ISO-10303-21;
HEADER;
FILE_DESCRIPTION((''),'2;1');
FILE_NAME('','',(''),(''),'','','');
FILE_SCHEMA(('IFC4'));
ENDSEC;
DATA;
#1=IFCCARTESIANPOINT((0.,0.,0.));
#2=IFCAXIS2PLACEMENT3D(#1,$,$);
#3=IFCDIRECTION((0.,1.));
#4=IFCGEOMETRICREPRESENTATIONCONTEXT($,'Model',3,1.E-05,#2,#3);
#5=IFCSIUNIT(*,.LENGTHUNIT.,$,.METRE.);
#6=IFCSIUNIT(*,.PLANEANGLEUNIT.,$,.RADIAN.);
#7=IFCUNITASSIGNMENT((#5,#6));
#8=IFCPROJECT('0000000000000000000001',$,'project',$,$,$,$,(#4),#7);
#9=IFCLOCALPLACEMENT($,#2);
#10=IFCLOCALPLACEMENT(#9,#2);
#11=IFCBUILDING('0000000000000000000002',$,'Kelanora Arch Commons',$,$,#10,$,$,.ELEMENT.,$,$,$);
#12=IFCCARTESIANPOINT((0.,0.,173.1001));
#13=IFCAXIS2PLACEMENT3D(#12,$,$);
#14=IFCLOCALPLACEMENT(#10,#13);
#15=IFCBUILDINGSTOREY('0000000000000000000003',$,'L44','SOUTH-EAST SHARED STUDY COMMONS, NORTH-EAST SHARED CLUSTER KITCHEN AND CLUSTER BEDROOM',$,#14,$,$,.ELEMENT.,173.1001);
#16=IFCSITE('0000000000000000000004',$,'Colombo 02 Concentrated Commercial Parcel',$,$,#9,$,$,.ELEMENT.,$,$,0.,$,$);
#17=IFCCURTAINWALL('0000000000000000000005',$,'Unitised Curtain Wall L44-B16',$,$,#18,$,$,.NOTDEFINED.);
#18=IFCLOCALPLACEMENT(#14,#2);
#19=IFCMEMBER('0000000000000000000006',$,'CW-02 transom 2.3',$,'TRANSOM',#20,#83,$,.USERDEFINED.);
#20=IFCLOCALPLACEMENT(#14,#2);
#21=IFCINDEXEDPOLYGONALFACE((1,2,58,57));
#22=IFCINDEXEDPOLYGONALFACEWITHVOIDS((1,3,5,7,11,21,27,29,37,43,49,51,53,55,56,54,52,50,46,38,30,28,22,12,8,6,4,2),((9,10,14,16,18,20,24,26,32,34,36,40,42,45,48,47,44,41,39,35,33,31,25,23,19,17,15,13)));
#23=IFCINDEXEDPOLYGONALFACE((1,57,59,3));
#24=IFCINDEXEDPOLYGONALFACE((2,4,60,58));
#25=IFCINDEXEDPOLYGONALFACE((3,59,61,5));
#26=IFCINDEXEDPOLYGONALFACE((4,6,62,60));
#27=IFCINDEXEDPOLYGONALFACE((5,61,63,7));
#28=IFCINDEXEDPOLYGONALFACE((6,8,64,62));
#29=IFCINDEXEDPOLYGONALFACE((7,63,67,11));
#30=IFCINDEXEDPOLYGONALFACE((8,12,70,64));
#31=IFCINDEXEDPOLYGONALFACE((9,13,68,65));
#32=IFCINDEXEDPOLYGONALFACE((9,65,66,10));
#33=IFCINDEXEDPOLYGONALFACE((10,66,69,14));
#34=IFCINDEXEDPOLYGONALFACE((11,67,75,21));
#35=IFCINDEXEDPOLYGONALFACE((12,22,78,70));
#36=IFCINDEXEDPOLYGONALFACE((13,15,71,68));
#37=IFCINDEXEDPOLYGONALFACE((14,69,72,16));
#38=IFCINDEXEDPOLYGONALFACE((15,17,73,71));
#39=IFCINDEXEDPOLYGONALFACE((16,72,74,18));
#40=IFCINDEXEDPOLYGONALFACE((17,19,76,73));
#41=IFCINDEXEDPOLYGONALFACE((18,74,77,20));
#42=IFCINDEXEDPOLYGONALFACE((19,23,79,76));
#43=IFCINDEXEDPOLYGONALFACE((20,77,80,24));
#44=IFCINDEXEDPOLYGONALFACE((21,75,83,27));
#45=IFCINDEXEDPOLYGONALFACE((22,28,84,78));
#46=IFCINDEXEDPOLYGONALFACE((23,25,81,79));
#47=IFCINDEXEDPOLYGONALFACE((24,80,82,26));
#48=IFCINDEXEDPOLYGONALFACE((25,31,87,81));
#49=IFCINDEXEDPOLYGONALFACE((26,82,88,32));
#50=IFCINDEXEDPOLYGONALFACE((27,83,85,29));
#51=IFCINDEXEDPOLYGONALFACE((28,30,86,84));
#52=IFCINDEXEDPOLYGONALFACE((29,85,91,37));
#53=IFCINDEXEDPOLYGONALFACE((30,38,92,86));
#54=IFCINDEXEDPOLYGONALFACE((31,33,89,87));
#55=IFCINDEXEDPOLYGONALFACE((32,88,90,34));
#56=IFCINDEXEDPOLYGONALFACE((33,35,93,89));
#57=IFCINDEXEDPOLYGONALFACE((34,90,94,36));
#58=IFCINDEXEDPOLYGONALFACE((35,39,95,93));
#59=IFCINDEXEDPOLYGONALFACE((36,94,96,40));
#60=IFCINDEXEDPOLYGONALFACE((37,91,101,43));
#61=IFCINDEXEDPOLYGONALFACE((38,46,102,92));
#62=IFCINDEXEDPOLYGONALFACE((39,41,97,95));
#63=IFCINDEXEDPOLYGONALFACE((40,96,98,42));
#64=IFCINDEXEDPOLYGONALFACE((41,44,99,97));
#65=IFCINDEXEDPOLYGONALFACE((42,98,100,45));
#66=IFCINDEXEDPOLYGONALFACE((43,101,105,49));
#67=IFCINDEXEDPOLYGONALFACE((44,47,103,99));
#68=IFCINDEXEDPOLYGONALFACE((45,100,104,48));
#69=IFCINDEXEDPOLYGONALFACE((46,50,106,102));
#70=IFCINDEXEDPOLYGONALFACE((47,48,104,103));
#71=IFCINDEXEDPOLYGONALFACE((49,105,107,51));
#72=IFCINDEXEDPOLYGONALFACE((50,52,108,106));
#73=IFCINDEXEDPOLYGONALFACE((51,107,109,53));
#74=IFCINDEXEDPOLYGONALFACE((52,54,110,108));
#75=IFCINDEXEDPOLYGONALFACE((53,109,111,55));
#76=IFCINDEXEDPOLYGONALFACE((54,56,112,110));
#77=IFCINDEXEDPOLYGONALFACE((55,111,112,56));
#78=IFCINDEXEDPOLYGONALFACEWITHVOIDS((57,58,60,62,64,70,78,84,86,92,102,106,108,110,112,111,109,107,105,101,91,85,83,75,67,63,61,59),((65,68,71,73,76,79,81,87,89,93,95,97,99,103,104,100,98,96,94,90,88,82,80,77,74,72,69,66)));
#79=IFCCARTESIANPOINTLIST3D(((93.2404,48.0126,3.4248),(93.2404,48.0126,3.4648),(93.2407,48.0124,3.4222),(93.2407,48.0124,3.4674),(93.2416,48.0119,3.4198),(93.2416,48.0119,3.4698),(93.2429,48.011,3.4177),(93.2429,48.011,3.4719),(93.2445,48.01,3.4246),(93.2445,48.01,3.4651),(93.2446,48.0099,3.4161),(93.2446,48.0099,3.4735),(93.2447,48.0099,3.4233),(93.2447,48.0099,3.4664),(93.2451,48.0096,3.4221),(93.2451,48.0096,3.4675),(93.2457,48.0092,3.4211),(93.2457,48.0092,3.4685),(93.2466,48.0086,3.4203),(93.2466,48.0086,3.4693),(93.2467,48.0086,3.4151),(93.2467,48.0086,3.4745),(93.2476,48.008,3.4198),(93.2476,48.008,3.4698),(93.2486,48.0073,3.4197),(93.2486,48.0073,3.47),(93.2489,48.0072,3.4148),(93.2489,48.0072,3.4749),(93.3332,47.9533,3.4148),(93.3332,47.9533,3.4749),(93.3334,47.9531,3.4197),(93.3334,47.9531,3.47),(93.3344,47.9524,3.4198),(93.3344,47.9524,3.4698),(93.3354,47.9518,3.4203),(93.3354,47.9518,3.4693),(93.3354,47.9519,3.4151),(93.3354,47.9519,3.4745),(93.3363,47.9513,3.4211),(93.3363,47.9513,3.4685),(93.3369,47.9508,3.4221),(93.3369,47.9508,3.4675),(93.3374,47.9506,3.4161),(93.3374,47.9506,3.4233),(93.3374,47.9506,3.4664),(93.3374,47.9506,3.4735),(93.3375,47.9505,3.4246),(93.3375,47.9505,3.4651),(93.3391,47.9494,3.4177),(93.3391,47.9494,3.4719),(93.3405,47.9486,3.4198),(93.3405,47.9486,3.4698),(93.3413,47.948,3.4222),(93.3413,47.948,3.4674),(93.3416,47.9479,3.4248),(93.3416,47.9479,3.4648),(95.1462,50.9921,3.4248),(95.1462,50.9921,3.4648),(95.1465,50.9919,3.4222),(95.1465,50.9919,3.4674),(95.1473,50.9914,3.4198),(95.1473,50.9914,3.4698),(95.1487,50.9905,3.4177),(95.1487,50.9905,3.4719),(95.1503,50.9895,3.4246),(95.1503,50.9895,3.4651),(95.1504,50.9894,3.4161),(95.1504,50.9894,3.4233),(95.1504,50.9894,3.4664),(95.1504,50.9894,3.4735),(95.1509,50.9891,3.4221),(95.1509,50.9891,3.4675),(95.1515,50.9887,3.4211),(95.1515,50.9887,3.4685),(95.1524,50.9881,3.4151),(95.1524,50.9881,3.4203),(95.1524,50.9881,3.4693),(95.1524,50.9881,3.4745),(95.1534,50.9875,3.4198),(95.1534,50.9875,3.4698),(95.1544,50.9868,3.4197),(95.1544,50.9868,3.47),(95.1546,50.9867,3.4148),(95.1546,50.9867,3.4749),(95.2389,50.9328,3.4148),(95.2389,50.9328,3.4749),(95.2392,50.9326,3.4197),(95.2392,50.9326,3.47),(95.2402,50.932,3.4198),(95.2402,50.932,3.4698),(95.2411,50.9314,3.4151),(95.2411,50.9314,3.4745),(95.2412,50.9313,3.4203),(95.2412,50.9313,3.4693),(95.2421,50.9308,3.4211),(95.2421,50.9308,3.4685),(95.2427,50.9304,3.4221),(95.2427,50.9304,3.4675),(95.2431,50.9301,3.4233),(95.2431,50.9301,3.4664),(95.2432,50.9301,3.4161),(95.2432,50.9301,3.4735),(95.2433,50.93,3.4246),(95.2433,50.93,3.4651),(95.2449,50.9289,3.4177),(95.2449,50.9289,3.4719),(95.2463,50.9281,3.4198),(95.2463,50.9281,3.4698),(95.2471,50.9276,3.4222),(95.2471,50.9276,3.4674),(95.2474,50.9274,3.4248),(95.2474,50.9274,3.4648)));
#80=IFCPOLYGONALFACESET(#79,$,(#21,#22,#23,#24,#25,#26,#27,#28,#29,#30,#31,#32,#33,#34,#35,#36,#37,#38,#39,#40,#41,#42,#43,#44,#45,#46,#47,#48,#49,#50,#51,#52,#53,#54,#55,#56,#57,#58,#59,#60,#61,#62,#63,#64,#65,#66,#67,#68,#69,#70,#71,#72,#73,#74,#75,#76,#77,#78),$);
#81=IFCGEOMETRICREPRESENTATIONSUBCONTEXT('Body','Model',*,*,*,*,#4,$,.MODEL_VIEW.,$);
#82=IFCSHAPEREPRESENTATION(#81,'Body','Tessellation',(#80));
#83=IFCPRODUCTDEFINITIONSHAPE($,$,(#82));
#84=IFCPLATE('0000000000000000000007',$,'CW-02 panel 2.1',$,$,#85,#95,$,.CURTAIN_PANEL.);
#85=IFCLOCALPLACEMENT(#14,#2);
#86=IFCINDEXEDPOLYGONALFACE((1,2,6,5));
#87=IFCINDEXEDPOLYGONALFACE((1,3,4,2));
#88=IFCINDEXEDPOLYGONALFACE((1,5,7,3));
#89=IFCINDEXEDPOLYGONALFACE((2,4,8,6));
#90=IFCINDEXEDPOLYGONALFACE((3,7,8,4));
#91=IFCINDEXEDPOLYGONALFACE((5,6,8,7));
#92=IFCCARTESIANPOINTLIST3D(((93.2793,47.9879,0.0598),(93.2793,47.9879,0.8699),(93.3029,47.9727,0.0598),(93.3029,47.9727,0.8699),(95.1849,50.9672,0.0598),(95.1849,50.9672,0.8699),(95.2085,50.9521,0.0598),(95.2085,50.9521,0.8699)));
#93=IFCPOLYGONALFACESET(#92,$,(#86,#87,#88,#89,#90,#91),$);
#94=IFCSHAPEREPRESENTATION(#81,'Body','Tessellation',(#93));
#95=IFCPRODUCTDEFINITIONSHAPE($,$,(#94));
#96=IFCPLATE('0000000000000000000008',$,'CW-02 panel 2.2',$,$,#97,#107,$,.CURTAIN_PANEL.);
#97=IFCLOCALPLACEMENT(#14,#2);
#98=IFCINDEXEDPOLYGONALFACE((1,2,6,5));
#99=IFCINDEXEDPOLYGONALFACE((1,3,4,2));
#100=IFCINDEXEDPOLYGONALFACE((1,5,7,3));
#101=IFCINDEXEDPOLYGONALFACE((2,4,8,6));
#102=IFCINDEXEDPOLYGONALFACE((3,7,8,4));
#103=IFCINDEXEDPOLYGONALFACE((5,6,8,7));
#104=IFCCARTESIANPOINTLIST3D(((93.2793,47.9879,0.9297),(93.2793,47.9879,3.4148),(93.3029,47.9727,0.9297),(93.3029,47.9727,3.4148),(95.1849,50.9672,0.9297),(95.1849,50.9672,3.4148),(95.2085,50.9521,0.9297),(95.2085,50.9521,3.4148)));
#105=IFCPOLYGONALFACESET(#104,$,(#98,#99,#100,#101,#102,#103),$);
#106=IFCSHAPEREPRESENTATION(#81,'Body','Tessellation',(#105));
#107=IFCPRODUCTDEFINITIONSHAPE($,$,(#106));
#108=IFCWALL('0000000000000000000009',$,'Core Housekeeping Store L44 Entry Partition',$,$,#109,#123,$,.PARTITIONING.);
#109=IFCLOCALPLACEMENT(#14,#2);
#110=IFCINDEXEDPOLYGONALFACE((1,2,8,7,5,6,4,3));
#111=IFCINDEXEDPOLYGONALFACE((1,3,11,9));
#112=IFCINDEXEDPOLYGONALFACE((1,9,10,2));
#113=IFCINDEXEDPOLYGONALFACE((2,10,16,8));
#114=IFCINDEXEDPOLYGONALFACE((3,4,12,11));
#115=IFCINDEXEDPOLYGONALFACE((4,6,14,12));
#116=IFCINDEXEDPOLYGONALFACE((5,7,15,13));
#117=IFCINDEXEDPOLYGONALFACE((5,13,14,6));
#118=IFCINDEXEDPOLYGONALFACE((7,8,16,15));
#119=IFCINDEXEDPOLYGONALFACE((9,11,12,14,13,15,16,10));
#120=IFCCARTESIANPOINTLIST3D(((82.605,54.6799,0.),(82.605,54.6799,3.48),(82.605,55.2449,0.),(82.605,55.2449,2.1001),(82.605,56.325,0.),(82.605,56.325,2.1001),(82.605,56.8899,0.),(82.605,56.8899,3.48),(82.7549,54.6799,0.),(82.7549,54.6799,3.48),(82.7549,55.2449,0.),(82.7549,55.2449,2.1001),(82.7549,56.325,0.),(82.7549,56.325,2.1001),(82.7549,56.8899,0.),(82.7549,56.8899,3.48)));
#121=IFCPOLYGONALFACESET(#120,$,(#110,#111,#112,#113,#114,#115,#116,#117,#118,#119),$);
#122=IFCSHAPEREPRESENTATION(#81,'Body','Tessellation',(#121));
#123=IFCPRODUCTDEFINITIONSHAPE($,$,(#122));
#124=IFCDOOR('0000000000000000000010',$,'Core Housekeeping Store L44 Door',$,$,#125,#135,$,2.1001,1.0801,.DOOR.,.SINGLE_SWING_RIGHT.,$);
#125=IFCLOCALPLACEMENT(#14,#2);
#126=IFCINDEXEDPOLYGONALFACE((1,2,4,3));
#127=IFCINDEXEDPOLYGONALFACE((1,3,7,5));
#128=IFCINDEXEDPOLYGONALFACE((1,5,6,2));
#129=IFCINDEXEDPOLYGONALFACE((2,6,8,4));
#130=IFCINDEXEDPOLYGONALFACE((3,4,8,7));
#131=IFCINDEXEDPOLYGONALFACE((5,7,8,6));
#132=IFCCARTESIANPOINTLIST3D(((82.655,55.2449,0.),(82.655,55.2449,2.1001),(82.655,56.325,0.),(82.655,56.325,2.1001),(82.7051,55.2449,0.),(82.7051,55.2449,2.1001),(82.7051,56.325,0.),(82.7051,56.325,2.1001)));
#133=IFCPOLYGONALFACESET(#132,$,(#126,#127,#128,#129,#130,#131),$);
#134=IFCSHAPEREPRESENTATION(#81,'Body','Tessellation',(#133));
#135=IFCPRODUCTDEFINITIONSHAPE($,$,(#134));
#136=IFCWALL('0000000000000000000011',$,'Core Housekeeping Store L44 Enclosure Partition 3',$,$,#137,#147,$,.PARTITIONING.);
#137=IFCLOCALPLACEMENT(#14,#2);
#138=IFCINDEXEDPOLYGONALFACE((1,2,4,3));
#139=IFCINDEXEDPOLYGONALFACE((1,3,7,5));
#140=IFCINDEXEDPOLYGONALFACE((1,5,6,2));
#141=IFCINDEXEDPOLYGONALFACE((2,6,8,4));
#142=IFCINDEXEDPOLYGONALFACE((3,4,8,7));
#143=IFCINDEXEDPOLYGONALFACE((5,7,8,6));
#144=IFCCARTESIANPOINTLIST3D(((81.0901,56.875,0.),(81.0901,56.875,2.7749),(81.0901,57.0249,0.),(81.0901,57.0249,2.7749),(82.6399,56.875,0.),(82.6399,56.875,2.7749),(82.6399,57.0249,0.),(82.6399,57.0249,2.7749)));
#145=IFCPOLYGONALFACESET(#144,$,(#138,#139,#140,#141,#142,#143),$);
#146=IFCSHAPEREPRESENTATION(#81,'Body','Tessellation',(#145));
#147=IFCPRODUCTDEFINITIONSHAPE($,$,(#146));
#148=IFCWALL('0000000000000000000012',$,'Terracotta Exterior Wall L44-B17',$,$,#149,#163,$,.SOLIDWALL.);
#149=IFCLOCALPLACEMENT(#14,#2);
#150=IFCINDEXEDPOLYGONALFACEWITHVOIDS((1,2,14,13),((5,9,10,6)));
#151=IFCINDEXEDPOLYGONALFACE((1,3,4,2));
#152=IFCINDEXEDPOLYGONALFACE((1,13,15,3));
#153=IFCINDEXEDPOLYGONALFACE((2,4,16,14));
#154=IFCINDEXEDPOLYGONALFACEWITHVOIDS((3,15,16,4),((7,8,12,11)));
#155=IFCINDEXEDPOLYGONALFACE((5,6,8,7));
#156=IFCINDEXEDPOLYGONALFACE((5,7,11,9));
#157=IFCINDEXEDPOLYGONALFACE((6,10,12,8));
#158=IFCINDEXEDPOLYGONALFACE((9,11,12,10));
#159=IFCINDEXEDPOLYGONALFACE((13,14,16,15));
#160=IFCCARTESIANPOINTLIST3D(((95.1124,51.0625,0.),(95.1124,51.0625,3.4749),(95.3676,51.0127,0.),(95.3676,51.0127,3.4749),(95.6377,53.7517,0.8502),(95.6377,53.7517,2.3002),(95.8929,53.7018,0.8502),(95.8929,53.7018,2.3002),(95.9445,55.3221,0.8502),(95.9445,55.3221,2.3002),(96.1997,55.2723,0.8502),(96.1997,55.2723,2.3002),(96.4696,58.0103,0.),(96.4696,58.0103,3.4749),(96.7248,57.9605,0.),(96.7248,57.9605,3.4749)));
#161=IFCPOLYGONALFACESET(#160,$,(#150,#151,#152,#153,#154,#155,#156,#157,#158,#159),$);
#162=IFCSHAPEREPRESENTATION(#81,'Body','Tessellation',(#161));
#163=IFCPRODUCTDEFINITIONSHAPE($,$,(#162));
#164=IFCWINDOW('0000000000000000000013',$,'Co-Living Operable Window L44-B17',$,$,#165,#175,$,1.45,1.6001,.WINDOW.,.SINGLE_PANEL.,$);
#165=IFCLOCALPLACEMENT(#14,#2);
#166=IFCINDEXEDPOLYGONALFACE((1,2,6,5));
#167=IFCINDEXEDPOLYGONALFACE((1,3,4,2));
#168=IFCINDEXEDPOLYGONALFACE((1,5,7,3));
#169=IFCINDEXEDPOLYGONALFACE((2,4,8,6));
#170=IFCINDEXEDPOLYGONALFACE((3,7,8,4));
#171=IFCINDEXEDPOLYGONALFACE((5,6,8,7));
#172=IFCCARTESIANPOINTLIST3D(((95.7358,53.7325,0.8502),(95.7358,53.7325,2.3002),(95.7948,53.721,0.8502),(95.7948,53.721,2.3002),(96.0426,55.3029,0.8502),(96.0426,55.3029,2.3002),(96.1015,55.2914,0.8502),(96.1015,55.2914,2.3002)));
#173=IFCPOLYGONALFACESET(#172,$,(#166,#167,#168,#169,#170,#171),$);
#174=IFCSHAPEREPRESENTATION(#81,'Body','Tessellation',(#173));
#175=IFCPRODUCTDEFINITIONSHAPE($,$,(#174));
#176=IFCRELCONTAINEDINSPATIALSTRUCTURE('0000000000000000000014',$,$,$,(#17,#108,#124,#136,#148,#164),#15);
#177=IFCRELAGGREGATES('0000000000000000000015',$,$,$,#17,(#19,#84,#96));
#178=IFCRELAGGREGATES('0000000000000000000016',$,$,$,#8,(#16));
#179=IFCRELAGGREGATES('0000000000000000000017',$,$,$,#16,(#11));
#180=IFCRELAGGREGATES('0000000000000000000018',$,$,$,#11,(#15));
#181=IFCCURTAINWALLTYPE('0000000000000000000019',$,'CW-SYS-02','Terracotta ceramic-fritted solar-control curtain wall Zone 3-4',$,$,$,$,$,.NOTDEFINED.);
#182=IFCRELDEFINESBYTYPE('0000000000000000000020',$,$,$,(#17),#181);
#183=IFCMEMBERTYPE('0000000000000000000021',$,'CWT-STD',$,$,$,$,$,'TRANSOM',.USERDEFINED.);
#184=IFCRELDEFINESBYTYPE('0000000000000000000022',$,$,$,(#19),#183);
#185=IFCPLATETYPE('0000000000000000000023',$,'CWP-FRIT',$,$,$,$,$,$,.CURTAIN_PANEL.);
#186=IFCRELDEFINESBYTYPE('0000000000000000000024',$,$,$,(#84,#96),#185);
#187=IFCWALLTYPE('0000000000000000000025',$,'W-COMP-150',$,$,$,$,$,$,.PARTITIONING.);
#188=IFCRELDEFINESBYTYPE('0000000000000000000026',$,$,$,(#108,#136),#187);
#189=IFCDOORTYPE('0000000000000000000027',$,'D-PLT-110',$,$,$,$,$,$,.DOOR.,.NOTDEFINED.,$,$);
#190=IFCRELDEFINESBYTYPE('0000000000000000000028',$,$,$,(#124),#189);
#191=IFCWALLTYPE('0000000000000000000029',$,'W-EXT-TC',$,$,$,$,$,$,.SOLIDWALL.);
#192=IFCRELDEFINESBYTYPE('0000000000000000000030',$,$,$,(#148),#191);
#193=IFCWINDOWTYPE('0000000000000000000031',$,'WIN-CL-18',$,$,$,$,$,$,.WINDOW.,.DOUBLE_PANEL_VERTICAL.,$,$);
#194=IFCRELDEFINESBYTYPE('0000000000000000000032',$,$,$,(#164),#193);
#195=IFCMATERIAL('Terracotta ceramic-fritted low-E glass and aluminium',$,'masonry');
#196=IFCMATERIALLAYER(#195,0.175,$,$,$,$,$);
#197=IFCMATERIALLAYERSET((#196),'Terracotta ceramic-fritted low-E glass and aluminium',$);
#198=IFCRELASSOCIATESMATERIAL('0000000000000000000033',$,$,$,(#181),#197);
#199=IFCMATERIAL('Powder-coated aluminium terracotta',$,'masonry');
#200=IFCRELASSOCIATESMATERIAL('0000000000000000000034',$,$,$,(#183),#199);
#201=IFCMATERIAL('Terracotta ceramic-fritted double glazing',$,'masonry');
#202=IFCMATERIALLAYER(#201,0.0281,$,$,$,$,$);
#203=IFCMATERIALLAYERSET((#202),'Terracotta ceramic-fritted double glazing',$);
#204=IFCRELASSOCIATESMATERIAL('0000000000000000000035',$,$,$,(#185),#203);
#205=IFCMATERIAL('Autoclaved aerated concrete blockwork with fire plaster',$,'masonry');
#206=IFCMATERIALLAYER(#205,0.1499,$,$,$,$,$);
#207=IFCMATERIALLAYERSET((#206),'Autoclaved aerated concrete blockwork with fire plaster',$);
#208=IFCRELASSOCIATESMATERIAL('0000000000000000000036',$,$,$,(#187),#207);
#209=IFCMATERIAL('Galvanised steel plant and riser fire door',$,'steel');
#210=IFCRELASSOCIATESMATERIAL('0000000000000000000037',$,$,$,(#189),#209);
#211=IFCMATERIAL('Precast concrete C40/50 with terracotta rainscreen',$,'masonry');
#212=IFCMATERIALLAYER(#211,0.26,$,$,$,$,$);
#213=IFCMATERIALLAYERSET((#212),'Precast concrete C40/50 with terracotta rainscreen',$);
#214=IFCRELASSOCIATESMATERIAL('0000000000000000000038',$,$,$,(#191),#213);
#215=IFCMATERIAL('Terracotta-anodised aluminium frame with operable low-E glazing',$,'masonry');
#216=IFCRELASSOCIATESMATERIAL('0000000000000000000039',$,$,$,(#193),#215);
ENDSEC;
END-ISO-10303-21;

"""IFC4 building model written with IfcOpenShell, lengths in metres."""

from ifc_helpers import new_model, si_unit, direction, frame, frame_2d, origin, origin_2d, place, context, subcontext, project, spatial, rectangle, hollow_rectangle, extrude, source, transform, mapped, material, layer, layer_set, material_profile, profile_set, type_object, element, fill, aggregate, save


model = new_model("IFC4")

# Units and contexts
model_context = context("Model", 3, precision=1e-05, world=origin(), true_north=direction((0.0, 1.0)))
body_context = subcontext(model_context, "Body", "Model", "MODEL_VIEW")
ifc_project = project(units=[si_unit("LENGTHUNIT", "METRE"), si_unit("PLANEANGLEUNIT", "RADIAN")], contexts=[model_context])

# Site, building, storey
site_placement = place(None, origin())
site = spatial("IfcSite", under=ifc_project, at=site_placement, Name="Colombo 02 Concentrated Commercial Parcel", CompositionType="ELEMENT", RefElevation=0.0)
building_placement = place(site_placement, origin())
building = spatial("IfcBuilding", under=site, at=building_placement, Name="Kelanora Arch Commons", CompositionType="ELEMENT")
storey_placement = place(building_placement, frame((0.0, 0.0, 173.1001)))
storey = spatial("IfcBuildingStorey", under=building, at=storey_placement, Name="L44", Description="SOUTH-EAST SHARED STUDY COMMONS, NORTH-EAST SHARED CLUSTER KITCHEN AND CLUSTER BEDROOM", CompositionType="ELEMENT", Elevation=173.1001)

# Curtain wall, member, plates
ifc_material_1 = material(Name="Terracotta ceramic-fritted low-E glass and aluminium", Category="masonry")
ifc_layer_1 = layer(ifc_material_1, 0.175)
ifc_layer_set_1 = layer_set([ifc_layer_1], Name="Terracotta ceramic-fritted low-E glass and aluminium")
curtain_wall_type = type_object("IfcCurtainWallType", Name="CW-SYS-02", Description="Terracotta ceramic-fritted solar-control curtain wall Zone 3-4", PredefinedType="NOTDEFINED", material=ifc_layer_set_1)
curtain_wall_placement = place(storey_placement, origin())
curtain_wall = element("IfcCurtainWall", 1, at=curtain_wall_placement, inside=storey, type_object=curtain_wall_type, Name="Unitised Curtain Wall L44-B16", PredefinedType="NOTDEFINED")
ifc_material_2 = material(Name="Powder-coated aluminium terracotta", Category="masonry")
ifc_material_profile_1 = material_profile(ifc_material_2, hollow_rectangle(XDim=0.1201, YDim=0.0601, WallThickness=0.0049, InnerFilletRadius=0.0049, OuterFilletRadius=0.01, at=origin_2d()), Name="CWT120x60")
ifc_profile_set_1 = profile_set([ifc_material_profile_1], Name="Powder-coated aluminium terracotta")
member_type_1 = type_object("IfcMemberType", Name="CWT-STD", ElementType="TRANSOM", PredefinedType="USERDEFINED", material=ifc_profile_set_1)
member_1_placement = place(storey_placement, frame((93.291, 47.9802, 3.4448), z_axis=(0.53883, 0.842414, 0.0), x_axis=(-0.842414, 0.53883, 0.0)))
member_1 = element("IfcMember", 2, at=member_1_placement, type_object=member_type_1, Name="CW-02 transom 2.3", ObjectType="TRANSOM", PredefinedType="USERDEFINED", context=body_context, shape_type="SweptSolid", body=[
    extrude(hollow_rectangle(XDim=0.1201, YDim=0.0601, WallThickness=0.0049, InnerFilletRadius=0.0049, OuterFilletRadius=0.01, at=origin_2d()), origin(), (0.0, 0.0, 1.0), 3.5369),
])
ifc_material_3 = material(Name="Terracotta ceramic-fritted double glazing", Category="masonry")
ifc_layer_2 = layer(ifc_material_3, 0.0281)
ifc_layer_set_2 = layer_set([ifc_layer_2], Name="Terracotta ceramic-fritted double glazing")
plate_type = type_object("IfcPlateType", Name="CWP-FRIT", PredefinedType="CURTAIN_PANEL", material=ifc_layer_set_2)
shared_shape_1 = source(origin(), body_context, "Body", "SweptSolid", [
    extrude(rectangle(XDim=3.5366, YDim=0.0281, at=origin_2d()), origin(), (0.0, 0.0, 1.0), 0.8101),
])
plate_1_placement = place(storey_placement, frame((94.2439, 49.47, 0.0598), z_axis=(0.0, 0.0, 1.0), x_axis=(0.538817, 0.842423, 0.0)))
plate_1 = element("IfcPlate", 3, at=plate_1_placement, type_object=plate_type, Name="CW-02 panel 2.1", PredefinedType="CURTAIN_PANEL", context=body_context, shape_type="MappedRepresentation", body=[
    mapped(shared_shape_1, transform((0.0, 0.0, 0.0), scale=1.0)),
])
shared_shape_2 = source(origin(), body_context, "Body", "SweptSolid", [
    extrude(rectangle(XDim=3.5366, YDim=0.0281, at=origin_2d()), origin(), (0.0, 0.0, 1.0), 2.4851),
])
plate_2_placement = place(storey_placement, frame((94.2439, 49.47, 0.9297), z_axis=(0.0, 0.0, 1.0), x_axis=(0.538817, 0.842423, 0.0)))
plate_2 = element("IfcPlate", 4, at=plate_2_placement, type_object=plate_type, Name="CW-02 panel 2.2", PredefinedType="CURTAIN_PANEL", context=body_context, shape_type="MappedRepresentation", body=[
    mapped(shared_shape_2, transform((0.0, 0.0, 0.0), scale=1.0)),
])
aggregate(curtain_wall, [member_1, plate_1, plate_2])

# Wall, opening, door
ifc_material_4 = material(Name="Autoclaved aerated concrete blockwork with fire plaster", Category="masonry")
ifc_layer_3 = layer(ifc_material_4, 0.1499)
ifc_layer_set_3 = layer_set([ifc_layer_3], Name="Autoclaved aerated concrete blockwork with fire plaster")
wall_type_1 = type_object("IfcWallType", Name="W-COMP-150", PredefinedType="PARTITIONING", material=ifc_layer_set_3)
wall_1_placement = place(storey_placement, frame((82.6799, 54.6799, 0.0), z_axis=(0.0, 0.0, 1.0), x_axis=(0.0, 1.0, 0.0)))
wall_1 = element("IfcWall", 5, at=wall_1_placement, inside=storey, type_object=wall_type_1, Name="Core Housekeeping Store L44 Entry Partition", PredefinedType="PARTITIONING", context=body_context, shape_type="SweptSolid", body=[
    extrude(rectangle(XDim=2.21, YDim=0.1499, at=frame_2d((1.105, 0.0))), origin(), (0.0, 0.0, 1.0), 3.48),
])
opening_1_placement = place(wall_1_placement, frame((0.5649, 0.0, 0.0)))
opening_1 = element("IfcOpeningElement", 6, at=opening_1_placement, cuts=wall_1, PredefinedType="OPENING", context=body_context, shape_type="SweptSolid", body=[
    extrude(rectangle(XDim=1.0801, YDim=2.1001, at=frame_2d((0.54, 1.05))), frame((0.0, 0.085, 0.0), z_axis=(0.0, -1.0, 0.0), x_axis=(1.0, 0.0, 0.0)), (0.0, 0.0, 1.0), 0.1699),
])
ifc_material_5 = material(Name="Galvanised steel plant and riser fire door", Category="steel")
door_type = type_object("IfcDoorType", Name="D-PLT-110", OperationType="NOTDEFINED", PredefinedType="DOOR", material=ifc_material_5)
door_placement = place(opening_1_placement, origin())
door = element("IfcDoor", 7, at=door_placement, inside=storey, type_object=door_type, Name="Core Housekeeping Store L44 Door", OperationType="SINGLE_SWING_RIGHT", OverallHeight=2.1001, OverallWidth=1.0801, PredefinedType="DOOR", context=body_context, shape_type="SweptSolid", body=[
    extrude(rectangle(XDim=1.0801, YDim=2.1001, at=frame_2d((0.54, 1.05))), frame((0.0, 0.0249, 0.0), z_axis=(0.0, -1.0, 0.0), x_axis=(1.0, 0.0, 0.0)), (0.0, 0.0, 1.0), 0.05),
])
fill(opening_1, door)

# Wall
wall_2_placement = place(storey_placement, frame((82.6399, 56.95, 0.0), z_axis=(0.0, 0.0, 1.0), x_axis=(-1.0, 0.0, 0.0)))
element("IfcWall", 8, at=wall_2_placement, inside=storey, type_object=wall_type_1, Name="Core Housekeeping Store L44 Enclosure Partition 3", PredefinedType="PARTITIONING", context=body_context, shape_type="SweptSolid", body=[
    extrude(rectangle(XDim=1.5498, YDim=0.1499, at=frame_2d((0.7749, 0.0))), origin(), (0.0, 0.0, 1.0), 2.7749),
])

# Wall, opening, window
ifc_material_6 = material(Name="Precast concrete C40/50 with terracotta rainscreen", Category="masonry")
ifc_layer_4 = layer(ifc_material_6, 0.26)
ifc_layer_set_4 = layer_set([ifc_layer_4], Name="Precast concrete C40/50 with terracotta rainscreen")
wall_type_2 = type_object("IfcWallType", Name="W-EXT-TC", PredefinedType="SOLIDWALL", material=ifc_layer_set_4)
wall_3_placement = place(storey_placement, frame((95.24, 51.0376, 0.0), z_axis=(0.0, 0.0, 1.0), x_axis=(0.191717, 0.98145, 0.0)))
wall_3 = element("IfcWall", 9, at=wall_3_placement, inside=storey, type_object=wall_type_2, Name="Terracotta Exterior Wall L44-B17", PredefinedType="SOLIDWALL", context=body_context, shape_type="SweptSolid", body=[
    extrude(rectangle(XDim=7.0791, YDim=0.26, at=frame_2d((3.5396, 0.0))), origin(), (0.0, 0.0, 1.0), 3.4749),
])
opening_2_placement = place(wall_3_placement, frame((2.74, 0.0, 0.8501)))
opening_2 = element("IfcOpeningElement", 10, at=opening_2_placement, cuts=wall_3, PredefinedType="OPENING", context=body_context, shape_type="SweptSolid", body=[
    extrude(rectangle(XDim=1.6001, YDim=1.45, at=frame_2d((0.8, 0.7251))), frame((0.0, 0.1401, 0.0), z_axis=(0.0, -1.0, 0.0), x_axis=(1.0, 0.0, 0.0)), (0.0, 0.0, 1.0), 0.28),
])
ifc_material_7 = material(Name="Terracotta-anodised aluminium frame with operable low-E glazing", Category="masonry")
window_type = type_object("IfcWindowType", Name="WIN-CL-18", PartitioningType="DOUBLE_PANEL_VERTICAL", PredefinedType="WINDOW", material=ifc_material_7)
window_placement = place(opening_2_placement, origin())
window = element("IfcWindow", 11, at=window_placement, inside=storey, type_object=window_type, Name="Co-Living Operable Window L44-B17", OverallHeight=1.45, OverallWidth=1.6001, PartitioningType="SINGLE_PANEL", PredefinedType="WINDOW", context=body_context, shape_type="SweptSolid", body=[
    extrude(rectangle(XDim=1.6001, YDim=1.45, at=frame_2d((0.8, 0.7251))), frame((0.0, 0.03, 0.0), z_axis=(0.0, -1.0, 0.0), x_axis=(1.0, 0.0, 0.0)), (0.0, 0.0, 1.0), 0.0601),
])
fill(opening_2, window)

save(model, "model.ifc")
